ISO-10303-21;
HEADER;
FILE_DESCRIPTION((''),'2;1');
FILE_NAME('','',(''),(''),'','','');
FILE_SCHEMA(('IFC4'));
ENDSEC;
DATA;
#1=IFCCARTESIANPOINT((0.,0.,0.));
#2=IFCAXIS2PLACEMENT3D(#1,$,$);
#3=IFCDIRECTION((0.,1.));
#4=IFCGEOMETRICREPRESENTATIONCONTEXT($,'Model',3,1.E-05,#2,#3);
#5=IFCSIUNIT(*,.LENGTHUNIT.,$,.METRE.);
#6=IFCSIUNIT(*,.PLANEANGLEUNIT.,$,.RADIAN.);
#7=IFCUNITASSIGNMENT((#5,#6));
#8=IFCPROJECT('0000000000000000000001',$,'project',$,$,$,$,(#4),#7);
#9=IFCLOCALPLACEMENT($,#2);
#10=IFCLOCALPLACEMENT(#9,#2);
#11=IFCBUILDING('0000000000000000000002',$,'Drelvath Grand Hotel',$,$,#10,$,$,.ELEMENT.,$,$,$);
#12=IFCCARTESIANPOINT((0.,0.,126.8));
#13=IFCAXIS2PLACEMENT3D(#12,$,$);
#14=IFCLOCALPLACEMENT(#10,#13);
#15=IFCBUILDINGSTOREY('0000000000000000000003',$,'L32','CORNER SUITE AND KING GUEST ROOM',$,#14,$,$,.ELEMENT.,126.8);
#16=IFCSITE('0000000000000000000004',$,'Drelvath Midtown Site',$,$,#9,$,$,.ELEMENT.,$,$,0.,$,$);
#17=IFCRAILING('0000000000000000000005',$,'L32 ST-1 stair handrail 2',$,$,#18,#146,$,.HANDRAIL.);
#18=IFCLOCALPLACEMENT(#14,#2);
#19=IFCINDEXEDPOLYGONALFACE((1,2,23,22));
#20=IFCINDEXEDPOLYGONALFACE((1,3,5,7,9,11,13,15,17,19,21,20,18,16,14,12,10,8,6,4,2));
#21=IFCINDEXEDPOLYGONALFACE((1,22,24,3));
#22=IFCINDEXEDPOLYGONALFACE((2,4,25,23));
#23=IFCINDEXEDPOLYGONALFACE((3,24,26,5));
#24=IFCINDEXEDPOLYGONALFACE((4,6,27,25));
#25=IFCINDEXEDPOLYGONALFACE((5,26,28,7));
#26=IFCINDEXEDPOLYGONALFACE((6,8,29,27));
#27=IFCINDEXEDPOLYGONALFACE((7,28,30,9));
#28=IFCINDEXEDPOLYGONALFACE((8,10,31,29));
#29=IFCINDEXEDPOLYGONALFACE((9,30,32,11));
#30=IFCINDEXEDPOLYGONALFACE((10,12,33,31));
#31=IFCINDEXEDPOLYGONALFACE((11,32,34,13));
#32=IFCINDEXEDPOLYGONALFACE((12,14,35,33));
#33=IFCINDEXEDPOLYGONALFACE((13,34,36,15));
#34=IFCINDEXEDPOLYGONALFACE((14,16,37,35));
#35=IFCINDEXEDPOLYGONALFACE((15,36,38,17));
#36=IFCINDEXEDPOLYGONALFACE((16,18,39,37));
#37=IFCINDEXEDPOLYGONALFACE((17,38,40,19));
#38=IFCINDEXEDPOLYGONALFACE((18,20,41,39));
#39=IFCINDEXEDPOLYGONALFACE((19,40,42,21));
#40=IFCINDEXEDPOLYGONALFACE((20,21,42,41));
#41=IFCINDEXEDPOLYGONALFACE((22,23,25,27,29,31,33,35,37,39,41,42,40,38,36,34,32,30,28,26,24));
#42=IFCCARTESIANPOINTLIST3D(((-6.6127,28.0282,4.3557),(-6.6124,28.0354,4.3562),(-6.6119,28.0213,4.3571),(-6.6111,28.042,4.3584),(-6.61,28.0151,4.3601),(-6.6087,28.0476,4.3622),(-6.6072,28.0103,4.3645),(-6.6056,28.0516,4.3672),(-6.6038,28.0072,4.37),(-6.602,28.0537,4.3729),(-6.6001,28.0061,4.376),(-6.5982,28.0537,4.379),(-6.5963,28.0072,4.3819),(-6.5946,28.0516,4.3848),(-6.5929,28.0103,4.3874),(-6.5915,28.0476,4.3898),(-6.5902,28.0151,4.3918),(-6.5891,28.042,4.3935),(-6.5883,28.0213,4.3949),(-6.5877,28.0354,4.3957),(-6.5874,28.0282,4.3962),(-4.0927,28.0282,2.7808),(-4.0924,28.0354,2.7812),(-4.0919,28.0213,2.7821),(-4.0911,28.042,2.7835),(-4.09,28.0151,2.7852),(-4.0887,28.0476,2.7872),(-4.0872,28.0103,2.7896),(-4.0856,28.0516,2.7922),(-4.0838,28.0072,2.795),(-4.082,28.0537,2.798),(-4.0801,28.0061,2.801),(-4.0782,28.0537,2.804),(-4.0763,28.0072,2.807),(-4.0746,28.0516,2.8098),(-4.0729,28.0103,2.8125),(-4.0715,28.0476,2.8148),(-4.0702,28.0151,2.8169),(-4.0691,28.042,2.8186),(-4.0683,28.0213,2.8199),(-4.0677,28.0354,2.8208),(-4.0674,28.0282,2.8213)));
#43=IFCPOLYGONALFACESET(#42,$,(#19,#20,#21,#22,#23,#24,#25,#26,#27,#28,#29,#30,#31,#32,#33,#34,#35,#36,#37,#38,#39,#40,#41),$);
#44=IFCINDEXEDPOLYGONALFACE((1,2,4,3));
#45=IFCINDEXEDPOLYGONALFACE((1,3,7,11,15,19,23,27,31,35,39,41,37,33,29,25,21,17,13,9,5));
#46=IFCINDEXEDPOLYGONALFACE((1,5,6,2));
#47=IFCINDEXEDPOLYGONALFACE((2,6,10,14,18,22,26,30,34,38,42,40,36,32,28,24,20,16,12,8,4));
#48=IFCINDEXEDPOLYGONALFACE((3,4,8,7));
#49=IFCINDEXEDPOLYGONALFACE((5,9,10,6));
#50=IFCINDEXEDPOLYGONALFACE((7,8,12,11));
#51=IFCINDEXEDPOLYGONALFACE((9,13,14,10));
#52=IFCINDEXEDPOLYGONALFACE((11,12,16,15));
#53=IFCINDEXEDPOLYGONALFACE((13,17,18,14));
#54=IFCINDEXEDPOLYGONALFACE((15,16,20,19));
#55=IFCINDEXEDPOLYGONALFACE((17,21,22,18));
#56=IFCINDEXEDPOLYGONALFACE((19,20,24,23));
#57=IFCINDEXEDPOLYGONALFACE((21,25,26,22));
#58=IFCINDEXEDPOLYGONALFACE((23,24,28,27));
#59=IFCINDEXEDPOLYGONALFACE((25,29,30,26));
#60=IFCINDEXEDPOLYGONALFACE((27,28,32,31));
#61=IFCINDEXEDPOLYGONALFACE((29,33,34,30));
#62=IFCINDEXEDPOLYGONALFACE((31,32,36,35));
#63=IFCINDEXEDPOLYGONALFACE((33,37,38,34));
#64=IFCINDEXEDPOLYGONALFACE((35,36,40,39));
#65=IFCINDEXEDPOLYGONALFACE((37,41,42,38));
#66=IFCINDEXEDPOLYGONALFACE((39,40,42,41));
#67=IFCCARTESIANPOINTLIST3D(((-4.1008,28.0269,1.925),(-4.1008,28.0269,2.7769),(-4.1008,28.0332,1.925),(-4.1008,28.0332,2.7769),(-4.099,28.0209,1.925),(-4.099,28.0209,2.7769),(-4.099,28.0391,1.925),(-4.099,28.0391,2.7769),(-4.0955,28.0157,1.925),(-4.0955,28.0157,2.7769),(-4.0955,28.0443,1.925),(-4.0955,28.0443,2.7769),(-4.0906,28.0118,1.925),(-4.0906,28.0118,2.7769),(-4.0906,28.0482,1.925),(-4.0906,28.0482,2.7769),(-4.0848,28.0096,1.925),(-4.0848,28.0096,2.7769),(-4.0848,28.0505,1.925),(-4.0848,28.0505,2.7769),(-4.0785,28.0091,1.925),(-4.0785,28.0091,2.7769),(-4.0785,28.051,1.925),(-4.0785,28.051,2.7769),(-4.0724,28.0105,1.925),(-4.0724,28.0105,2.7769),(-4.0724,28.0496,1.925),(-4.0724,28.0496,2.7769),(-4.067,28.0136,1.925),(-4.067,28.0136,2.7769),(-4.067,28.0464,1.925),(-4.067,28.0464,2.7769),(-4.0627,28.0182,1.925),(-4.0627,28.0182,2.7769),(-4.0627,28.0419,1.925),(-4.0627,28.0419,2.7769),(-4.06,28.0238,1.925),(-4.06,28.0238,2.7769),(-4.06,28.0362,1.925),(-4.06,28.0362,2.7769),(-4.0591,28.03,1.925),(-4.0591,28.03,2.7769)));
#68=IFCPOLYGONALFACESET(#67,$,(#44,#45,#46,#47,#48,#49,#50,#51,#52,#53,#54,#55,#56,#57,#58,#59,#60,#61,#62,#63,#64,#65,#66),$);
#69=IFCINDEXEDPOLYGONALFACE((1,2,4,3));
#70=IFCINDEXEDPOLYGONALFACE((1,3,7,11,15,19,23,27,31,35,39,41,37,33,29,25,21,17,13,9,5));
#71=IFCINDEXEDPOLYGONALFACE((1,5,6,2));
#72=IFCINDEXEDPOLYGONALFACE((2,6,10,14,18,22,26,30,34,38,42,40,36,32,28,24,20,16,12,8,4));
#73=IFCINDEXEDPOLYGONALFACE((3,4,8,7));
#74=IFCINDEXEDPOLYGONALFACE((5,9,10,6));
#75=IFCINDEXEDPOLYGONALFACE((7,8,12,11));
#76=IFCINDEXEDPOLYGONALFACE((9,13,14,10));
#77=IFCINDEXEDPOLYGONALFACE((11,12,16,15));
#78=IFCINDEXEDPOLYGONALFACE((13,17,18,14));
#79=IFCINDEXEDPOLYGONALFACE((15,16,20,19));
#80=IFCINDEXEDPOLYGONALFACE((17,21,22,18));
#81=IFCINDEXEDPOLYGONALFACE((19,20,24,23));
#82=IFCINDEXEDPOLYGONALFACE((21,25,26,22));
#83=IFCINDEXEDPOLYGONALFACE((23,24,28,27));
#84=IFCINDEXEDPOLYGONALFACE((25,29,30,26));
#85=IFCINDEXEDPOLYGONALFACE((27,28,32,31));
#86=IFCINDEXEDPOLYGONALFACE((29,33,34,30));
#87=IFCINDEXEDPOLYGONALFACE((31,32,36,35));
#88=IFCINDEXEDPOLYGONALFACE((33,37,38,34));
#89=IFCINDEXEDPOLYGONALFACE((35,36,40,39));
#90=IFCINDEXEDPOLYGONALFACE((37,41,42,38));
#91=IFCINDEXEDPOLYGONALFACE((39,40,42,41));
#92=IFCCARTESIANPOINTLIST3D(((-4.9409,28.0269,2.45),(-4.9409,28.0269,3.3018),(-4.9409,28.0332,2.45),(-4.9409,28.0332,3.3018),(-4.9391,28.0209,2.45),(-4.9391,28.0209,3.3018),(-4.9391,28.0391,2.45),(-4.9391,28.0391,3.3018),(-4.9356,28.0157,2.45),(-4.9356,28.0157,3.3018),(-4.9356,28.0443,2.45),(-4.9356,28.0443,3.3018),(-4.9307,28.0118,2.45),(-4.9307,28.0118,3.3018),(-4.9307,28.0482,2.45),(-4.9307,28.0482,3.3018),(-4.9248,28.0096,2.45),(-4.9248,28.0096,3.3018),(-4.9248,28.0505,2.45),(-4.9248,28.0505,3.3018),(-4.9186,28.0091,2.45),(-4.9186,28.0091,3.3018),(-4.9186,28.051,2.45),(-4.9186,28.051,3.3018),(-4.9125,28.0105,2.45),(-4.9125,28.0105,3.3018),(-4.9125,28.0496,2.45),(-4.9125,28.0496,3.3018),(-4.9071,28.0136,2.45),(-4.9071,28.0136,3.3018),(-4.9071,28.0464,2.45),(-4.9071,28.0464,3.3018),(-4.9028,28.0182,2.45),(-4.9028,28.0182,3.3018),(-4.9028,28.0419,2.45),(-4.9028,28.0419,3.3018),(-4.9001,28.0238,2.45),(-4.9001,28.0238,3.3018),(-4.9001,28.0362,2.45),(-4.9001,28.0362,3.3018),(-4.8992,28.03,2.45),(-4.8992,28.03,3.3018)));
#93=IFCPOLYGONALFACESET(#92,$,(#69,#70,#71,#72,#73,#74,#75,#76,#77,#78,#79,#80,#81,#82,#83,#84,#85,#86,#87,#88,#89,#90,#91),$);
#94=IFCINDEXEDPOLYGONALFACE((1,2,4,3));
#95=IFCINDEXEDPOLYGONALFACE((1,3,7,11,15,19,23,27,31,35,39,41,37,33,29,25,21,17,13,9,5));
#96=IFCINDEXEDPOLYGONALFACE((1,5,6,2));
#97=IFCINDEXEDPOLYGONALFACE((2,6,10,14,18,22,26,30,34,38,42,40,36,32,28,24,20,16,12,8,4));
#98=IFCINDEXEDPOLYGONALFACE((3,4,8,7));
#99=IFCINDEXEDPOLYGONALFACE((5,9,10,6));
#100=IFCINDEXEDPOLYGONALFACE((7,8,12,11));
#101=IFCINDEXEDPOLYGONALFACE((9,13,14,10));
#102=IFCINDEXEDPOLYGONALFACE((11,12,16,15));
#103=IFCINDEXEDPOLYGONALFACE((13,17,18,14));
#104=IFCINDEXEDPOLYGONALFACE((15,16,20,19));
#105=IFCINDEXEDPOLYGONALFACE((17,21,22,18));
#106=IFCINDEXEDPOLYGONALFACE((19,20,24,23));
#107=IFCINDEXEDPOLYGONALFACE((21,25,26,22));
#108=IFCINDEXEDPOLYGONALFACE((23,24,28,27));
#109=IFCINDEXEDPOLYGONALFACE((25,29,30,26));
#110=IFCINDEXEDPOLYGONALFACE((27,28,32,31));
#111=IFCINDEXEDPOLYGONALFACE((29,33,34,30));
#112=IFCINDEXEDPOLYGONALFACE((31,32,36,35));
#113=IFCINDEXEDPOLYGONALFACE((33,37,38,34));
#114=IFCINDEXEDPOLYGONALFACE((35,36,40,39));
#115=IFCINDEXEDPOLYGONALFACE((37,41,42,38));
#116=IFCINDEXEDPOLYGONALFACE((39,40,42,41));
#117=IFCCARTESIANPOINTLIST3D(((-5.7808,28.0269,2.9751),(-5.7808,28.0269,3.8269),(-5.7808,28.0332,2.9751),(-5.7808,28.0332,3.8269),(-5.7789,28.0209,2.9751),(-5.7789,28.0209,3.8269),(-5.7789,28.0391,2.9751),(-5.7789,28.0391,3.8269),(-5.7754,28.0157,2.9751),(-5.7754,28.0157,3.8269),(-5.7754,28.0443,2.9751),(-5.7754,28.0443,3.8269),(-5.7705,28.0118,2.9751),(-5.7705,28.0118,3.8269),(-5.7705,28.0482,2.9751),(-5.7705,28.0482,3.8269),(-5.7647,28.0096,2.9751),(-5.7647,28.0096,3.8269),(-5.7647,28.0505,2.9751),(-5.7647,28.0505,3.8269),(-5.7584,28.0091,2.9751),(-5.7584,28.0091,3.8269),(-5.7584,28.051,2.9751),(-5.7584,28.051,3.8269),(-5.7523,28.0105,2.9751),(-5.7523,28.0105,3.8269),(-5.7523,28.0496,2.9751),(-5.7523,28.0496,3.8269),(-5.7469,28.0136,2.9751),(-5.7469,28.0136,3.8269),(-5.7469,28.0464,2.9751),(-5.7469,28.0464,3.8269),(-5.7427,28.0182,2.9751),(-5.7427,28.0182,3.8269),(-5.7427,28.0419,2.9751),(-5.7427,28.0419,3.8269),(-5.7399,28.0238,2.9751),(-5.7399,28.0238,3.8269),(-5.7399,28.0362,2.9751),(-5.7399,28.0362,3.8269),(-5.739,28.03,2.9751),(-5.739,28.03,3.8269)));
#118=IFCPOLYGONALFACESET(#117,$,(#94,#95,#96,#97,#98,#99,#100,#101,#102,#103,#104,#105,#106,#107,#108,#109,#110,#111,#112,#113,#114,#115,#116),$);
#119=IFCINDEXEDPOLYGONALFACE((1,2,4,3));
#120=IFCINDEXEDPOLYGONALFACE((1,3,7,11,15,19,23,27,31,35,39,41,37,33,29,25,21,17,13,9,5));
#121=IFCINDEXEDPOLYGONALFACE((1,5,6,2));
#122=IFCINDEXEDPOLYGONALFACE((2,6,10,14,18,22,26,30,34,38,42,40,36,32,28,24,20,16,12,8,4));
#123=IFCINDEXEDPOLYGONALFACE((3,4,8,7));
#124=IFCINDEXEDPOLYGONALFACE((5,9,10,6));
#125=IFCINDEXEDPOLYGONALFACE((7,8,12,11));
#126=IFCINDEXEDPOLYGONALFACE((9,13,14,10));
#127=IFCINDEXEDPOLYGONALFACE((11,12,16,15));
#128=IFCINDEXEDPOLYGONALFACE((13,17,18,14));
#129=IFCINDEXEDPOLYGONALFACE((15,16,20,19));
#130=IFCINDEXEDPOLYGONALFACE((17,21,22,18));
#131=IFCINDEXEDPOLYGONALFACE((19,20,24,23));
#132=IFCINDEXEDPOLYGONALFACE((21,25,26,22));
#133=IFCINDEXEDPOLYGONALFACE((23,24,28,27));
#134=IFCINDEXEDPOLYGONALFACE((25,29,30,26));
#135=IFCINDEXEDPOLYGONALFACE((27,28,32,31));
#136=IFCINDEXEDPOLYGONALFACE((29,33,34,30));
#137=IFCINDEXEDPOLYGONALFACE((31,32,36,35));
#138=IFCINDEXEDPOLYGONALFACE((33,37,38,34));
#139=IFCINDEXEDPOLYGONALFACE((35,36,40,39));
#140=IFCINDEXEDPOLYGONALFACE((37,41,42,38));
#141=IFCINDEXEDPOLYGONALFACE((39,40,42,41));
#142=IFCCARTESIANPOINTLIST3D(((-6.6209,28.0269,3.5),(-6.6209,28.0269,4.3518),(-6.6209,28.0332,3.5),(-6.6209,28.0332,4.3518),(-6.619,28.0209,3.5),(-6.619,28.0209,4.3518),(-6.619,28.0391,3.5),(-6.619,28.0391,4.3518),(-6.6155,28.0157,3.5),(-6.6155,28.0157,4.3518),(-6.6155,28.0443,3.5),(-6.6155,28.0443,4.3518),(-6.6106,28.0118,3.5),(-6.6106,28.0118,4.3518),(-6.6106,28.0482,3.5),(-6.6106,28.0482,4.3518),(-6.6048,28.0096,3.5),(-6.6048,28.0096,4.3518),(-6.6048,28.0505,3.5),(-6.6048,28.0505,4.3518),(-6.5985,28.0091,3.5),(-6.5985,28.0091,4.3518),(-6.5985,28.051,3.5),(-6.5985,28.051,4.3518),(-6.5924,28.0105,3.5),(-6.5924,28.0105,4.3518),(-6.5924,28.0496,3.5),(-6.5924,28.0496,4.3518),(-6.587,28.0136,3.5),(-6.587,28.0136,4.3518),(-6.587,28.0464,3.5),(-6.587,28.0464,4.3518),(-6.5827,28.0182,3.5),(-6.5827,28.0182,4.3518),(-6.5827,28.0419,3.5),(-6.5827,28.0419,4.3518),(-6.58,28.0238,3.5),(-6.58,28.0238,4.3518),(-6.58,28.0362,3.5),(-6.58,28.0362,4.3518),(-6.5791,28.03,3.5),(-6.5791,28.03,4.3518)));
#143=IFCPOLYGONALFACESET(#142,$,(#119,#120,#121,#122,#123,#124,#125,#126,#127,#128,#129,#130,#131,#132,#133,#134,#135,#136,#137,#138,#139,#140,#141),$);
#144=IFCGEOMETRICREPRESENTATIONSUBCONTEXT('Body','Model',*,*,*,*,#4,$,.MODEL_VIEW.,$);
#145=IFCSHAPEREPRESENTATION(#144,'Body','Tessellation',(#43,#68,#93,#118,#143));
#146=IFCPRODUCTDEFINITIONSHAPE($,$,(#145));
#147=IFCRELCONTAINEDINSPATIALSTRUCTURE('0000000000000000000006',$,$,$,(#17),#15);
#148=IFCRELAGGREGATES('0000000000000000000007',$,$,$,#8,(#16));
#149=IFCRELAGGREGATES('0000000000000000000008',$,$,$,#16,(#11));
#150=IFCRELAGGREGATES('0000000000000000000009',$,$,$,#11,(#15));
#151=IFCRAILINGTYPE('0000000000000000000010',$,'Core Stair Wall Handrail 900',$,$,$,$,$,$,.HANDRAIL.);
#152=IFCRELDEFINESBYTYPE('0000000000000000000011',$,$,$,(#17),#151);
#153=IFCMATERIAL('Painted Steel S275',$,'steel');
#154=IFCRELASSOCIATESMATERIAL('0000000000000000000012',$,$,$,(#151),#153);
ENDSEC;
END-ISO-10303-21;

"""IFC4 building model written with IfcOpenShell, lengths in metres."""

from ifc_helpers import new_model, si_unit, direction, frame, origin, origin_2d, place, context, subcontext, project, spatial, circle, extrude, material, type_object, element, save


model = new_model("IFC4")

# Units and contexts
model_context = context("Model", 3, precision=1e-05, world=origin(), true_north=direction((0.0, 1.0)))
body_context = subcontext(model_context, "Body", "Model", "MODEL_VIEW")
ifc_project = project(units=[si_unit("LENGTHUNIT", "METRE"), si_unit("PLANEANGLEUNIT", "RADIAN")], contexts=[model_context])

# Site, building, storey
site_placement = place(None, origin())
site = spatial("IfcSite", under=ifc_project, at=site_placement, Name="Drelvath Midtown Site", CompositionType="ELEMENT", RefElevation=0.0)
building_placement = place(site_placement, origin())
building = spatial("IfcBuilding", under=site, at=building_placement, Name="Drelvath Grand Hotel", CompositionType="ELEMENT")
storey_placement = place(building_placement, frame((0.0, 0.0, 126.8)))
storey = spatial("IfcBuildingStorey", under=building, at=storey_placement, Name="L32", Description="CORNER SUITE AND KING GUEST ROOM", CompositionType="ELEMENT", Elevation=126.8)

# Shared definitions
ifc_material_1 = material(Name="Painted Steel S275", Category="steel")

# Railing
railing_type_1 = type_object("IfcRailingType", Name="Core Stair Wall Handrail 900", PredefinedType="HANDRAIL", material=ifc_material_1)
railing_1_placement = place(storey_placement, frame((-4.0801, 28.03, 1.925)))
element("IfcRailing", 1, at=railing_1_placement, inside=storey, type_object=railing_type_1, Name="L32 ST-1 stair handrail 2", PredefinedType="HANDRAIL", context=body_context, shape_type="SweptSolid", body=[
    extrude(circle(Radius=0.0239, at=origin_2d()), frame((0.0, 0.0, 0.876), z_axis=(-0.848008, 0.0, 0.529984), x_axis=(0.0, -1.0, 0.0)), (0.0, 0.0, 1.0), 2.9717),
    extrude(circle(Radius=0.021, at=origin_2d()), origin(), (0.0, 0.0, 1.0), 0.8518),
    extrude(circle(Radius=0.021, at=origin_2d()), frame((-0.8401, 0.0, 0.5249)), (0.0, 0.0, 1.0), 0.8518),
    extrude(circle(Radius=0.021, at=origin_2d()), frame((-1.6799, 0.0, 1.05)), (0.0, 0.0, 1.0), 0.8518),
    extrude(circle(Radius=0.021, at=origin_2d()), frame((-2.52, 0.0, 1.575)), (0.0, 0.0, 1.0), 0.8518),
])

save(model, "model.ifc")
